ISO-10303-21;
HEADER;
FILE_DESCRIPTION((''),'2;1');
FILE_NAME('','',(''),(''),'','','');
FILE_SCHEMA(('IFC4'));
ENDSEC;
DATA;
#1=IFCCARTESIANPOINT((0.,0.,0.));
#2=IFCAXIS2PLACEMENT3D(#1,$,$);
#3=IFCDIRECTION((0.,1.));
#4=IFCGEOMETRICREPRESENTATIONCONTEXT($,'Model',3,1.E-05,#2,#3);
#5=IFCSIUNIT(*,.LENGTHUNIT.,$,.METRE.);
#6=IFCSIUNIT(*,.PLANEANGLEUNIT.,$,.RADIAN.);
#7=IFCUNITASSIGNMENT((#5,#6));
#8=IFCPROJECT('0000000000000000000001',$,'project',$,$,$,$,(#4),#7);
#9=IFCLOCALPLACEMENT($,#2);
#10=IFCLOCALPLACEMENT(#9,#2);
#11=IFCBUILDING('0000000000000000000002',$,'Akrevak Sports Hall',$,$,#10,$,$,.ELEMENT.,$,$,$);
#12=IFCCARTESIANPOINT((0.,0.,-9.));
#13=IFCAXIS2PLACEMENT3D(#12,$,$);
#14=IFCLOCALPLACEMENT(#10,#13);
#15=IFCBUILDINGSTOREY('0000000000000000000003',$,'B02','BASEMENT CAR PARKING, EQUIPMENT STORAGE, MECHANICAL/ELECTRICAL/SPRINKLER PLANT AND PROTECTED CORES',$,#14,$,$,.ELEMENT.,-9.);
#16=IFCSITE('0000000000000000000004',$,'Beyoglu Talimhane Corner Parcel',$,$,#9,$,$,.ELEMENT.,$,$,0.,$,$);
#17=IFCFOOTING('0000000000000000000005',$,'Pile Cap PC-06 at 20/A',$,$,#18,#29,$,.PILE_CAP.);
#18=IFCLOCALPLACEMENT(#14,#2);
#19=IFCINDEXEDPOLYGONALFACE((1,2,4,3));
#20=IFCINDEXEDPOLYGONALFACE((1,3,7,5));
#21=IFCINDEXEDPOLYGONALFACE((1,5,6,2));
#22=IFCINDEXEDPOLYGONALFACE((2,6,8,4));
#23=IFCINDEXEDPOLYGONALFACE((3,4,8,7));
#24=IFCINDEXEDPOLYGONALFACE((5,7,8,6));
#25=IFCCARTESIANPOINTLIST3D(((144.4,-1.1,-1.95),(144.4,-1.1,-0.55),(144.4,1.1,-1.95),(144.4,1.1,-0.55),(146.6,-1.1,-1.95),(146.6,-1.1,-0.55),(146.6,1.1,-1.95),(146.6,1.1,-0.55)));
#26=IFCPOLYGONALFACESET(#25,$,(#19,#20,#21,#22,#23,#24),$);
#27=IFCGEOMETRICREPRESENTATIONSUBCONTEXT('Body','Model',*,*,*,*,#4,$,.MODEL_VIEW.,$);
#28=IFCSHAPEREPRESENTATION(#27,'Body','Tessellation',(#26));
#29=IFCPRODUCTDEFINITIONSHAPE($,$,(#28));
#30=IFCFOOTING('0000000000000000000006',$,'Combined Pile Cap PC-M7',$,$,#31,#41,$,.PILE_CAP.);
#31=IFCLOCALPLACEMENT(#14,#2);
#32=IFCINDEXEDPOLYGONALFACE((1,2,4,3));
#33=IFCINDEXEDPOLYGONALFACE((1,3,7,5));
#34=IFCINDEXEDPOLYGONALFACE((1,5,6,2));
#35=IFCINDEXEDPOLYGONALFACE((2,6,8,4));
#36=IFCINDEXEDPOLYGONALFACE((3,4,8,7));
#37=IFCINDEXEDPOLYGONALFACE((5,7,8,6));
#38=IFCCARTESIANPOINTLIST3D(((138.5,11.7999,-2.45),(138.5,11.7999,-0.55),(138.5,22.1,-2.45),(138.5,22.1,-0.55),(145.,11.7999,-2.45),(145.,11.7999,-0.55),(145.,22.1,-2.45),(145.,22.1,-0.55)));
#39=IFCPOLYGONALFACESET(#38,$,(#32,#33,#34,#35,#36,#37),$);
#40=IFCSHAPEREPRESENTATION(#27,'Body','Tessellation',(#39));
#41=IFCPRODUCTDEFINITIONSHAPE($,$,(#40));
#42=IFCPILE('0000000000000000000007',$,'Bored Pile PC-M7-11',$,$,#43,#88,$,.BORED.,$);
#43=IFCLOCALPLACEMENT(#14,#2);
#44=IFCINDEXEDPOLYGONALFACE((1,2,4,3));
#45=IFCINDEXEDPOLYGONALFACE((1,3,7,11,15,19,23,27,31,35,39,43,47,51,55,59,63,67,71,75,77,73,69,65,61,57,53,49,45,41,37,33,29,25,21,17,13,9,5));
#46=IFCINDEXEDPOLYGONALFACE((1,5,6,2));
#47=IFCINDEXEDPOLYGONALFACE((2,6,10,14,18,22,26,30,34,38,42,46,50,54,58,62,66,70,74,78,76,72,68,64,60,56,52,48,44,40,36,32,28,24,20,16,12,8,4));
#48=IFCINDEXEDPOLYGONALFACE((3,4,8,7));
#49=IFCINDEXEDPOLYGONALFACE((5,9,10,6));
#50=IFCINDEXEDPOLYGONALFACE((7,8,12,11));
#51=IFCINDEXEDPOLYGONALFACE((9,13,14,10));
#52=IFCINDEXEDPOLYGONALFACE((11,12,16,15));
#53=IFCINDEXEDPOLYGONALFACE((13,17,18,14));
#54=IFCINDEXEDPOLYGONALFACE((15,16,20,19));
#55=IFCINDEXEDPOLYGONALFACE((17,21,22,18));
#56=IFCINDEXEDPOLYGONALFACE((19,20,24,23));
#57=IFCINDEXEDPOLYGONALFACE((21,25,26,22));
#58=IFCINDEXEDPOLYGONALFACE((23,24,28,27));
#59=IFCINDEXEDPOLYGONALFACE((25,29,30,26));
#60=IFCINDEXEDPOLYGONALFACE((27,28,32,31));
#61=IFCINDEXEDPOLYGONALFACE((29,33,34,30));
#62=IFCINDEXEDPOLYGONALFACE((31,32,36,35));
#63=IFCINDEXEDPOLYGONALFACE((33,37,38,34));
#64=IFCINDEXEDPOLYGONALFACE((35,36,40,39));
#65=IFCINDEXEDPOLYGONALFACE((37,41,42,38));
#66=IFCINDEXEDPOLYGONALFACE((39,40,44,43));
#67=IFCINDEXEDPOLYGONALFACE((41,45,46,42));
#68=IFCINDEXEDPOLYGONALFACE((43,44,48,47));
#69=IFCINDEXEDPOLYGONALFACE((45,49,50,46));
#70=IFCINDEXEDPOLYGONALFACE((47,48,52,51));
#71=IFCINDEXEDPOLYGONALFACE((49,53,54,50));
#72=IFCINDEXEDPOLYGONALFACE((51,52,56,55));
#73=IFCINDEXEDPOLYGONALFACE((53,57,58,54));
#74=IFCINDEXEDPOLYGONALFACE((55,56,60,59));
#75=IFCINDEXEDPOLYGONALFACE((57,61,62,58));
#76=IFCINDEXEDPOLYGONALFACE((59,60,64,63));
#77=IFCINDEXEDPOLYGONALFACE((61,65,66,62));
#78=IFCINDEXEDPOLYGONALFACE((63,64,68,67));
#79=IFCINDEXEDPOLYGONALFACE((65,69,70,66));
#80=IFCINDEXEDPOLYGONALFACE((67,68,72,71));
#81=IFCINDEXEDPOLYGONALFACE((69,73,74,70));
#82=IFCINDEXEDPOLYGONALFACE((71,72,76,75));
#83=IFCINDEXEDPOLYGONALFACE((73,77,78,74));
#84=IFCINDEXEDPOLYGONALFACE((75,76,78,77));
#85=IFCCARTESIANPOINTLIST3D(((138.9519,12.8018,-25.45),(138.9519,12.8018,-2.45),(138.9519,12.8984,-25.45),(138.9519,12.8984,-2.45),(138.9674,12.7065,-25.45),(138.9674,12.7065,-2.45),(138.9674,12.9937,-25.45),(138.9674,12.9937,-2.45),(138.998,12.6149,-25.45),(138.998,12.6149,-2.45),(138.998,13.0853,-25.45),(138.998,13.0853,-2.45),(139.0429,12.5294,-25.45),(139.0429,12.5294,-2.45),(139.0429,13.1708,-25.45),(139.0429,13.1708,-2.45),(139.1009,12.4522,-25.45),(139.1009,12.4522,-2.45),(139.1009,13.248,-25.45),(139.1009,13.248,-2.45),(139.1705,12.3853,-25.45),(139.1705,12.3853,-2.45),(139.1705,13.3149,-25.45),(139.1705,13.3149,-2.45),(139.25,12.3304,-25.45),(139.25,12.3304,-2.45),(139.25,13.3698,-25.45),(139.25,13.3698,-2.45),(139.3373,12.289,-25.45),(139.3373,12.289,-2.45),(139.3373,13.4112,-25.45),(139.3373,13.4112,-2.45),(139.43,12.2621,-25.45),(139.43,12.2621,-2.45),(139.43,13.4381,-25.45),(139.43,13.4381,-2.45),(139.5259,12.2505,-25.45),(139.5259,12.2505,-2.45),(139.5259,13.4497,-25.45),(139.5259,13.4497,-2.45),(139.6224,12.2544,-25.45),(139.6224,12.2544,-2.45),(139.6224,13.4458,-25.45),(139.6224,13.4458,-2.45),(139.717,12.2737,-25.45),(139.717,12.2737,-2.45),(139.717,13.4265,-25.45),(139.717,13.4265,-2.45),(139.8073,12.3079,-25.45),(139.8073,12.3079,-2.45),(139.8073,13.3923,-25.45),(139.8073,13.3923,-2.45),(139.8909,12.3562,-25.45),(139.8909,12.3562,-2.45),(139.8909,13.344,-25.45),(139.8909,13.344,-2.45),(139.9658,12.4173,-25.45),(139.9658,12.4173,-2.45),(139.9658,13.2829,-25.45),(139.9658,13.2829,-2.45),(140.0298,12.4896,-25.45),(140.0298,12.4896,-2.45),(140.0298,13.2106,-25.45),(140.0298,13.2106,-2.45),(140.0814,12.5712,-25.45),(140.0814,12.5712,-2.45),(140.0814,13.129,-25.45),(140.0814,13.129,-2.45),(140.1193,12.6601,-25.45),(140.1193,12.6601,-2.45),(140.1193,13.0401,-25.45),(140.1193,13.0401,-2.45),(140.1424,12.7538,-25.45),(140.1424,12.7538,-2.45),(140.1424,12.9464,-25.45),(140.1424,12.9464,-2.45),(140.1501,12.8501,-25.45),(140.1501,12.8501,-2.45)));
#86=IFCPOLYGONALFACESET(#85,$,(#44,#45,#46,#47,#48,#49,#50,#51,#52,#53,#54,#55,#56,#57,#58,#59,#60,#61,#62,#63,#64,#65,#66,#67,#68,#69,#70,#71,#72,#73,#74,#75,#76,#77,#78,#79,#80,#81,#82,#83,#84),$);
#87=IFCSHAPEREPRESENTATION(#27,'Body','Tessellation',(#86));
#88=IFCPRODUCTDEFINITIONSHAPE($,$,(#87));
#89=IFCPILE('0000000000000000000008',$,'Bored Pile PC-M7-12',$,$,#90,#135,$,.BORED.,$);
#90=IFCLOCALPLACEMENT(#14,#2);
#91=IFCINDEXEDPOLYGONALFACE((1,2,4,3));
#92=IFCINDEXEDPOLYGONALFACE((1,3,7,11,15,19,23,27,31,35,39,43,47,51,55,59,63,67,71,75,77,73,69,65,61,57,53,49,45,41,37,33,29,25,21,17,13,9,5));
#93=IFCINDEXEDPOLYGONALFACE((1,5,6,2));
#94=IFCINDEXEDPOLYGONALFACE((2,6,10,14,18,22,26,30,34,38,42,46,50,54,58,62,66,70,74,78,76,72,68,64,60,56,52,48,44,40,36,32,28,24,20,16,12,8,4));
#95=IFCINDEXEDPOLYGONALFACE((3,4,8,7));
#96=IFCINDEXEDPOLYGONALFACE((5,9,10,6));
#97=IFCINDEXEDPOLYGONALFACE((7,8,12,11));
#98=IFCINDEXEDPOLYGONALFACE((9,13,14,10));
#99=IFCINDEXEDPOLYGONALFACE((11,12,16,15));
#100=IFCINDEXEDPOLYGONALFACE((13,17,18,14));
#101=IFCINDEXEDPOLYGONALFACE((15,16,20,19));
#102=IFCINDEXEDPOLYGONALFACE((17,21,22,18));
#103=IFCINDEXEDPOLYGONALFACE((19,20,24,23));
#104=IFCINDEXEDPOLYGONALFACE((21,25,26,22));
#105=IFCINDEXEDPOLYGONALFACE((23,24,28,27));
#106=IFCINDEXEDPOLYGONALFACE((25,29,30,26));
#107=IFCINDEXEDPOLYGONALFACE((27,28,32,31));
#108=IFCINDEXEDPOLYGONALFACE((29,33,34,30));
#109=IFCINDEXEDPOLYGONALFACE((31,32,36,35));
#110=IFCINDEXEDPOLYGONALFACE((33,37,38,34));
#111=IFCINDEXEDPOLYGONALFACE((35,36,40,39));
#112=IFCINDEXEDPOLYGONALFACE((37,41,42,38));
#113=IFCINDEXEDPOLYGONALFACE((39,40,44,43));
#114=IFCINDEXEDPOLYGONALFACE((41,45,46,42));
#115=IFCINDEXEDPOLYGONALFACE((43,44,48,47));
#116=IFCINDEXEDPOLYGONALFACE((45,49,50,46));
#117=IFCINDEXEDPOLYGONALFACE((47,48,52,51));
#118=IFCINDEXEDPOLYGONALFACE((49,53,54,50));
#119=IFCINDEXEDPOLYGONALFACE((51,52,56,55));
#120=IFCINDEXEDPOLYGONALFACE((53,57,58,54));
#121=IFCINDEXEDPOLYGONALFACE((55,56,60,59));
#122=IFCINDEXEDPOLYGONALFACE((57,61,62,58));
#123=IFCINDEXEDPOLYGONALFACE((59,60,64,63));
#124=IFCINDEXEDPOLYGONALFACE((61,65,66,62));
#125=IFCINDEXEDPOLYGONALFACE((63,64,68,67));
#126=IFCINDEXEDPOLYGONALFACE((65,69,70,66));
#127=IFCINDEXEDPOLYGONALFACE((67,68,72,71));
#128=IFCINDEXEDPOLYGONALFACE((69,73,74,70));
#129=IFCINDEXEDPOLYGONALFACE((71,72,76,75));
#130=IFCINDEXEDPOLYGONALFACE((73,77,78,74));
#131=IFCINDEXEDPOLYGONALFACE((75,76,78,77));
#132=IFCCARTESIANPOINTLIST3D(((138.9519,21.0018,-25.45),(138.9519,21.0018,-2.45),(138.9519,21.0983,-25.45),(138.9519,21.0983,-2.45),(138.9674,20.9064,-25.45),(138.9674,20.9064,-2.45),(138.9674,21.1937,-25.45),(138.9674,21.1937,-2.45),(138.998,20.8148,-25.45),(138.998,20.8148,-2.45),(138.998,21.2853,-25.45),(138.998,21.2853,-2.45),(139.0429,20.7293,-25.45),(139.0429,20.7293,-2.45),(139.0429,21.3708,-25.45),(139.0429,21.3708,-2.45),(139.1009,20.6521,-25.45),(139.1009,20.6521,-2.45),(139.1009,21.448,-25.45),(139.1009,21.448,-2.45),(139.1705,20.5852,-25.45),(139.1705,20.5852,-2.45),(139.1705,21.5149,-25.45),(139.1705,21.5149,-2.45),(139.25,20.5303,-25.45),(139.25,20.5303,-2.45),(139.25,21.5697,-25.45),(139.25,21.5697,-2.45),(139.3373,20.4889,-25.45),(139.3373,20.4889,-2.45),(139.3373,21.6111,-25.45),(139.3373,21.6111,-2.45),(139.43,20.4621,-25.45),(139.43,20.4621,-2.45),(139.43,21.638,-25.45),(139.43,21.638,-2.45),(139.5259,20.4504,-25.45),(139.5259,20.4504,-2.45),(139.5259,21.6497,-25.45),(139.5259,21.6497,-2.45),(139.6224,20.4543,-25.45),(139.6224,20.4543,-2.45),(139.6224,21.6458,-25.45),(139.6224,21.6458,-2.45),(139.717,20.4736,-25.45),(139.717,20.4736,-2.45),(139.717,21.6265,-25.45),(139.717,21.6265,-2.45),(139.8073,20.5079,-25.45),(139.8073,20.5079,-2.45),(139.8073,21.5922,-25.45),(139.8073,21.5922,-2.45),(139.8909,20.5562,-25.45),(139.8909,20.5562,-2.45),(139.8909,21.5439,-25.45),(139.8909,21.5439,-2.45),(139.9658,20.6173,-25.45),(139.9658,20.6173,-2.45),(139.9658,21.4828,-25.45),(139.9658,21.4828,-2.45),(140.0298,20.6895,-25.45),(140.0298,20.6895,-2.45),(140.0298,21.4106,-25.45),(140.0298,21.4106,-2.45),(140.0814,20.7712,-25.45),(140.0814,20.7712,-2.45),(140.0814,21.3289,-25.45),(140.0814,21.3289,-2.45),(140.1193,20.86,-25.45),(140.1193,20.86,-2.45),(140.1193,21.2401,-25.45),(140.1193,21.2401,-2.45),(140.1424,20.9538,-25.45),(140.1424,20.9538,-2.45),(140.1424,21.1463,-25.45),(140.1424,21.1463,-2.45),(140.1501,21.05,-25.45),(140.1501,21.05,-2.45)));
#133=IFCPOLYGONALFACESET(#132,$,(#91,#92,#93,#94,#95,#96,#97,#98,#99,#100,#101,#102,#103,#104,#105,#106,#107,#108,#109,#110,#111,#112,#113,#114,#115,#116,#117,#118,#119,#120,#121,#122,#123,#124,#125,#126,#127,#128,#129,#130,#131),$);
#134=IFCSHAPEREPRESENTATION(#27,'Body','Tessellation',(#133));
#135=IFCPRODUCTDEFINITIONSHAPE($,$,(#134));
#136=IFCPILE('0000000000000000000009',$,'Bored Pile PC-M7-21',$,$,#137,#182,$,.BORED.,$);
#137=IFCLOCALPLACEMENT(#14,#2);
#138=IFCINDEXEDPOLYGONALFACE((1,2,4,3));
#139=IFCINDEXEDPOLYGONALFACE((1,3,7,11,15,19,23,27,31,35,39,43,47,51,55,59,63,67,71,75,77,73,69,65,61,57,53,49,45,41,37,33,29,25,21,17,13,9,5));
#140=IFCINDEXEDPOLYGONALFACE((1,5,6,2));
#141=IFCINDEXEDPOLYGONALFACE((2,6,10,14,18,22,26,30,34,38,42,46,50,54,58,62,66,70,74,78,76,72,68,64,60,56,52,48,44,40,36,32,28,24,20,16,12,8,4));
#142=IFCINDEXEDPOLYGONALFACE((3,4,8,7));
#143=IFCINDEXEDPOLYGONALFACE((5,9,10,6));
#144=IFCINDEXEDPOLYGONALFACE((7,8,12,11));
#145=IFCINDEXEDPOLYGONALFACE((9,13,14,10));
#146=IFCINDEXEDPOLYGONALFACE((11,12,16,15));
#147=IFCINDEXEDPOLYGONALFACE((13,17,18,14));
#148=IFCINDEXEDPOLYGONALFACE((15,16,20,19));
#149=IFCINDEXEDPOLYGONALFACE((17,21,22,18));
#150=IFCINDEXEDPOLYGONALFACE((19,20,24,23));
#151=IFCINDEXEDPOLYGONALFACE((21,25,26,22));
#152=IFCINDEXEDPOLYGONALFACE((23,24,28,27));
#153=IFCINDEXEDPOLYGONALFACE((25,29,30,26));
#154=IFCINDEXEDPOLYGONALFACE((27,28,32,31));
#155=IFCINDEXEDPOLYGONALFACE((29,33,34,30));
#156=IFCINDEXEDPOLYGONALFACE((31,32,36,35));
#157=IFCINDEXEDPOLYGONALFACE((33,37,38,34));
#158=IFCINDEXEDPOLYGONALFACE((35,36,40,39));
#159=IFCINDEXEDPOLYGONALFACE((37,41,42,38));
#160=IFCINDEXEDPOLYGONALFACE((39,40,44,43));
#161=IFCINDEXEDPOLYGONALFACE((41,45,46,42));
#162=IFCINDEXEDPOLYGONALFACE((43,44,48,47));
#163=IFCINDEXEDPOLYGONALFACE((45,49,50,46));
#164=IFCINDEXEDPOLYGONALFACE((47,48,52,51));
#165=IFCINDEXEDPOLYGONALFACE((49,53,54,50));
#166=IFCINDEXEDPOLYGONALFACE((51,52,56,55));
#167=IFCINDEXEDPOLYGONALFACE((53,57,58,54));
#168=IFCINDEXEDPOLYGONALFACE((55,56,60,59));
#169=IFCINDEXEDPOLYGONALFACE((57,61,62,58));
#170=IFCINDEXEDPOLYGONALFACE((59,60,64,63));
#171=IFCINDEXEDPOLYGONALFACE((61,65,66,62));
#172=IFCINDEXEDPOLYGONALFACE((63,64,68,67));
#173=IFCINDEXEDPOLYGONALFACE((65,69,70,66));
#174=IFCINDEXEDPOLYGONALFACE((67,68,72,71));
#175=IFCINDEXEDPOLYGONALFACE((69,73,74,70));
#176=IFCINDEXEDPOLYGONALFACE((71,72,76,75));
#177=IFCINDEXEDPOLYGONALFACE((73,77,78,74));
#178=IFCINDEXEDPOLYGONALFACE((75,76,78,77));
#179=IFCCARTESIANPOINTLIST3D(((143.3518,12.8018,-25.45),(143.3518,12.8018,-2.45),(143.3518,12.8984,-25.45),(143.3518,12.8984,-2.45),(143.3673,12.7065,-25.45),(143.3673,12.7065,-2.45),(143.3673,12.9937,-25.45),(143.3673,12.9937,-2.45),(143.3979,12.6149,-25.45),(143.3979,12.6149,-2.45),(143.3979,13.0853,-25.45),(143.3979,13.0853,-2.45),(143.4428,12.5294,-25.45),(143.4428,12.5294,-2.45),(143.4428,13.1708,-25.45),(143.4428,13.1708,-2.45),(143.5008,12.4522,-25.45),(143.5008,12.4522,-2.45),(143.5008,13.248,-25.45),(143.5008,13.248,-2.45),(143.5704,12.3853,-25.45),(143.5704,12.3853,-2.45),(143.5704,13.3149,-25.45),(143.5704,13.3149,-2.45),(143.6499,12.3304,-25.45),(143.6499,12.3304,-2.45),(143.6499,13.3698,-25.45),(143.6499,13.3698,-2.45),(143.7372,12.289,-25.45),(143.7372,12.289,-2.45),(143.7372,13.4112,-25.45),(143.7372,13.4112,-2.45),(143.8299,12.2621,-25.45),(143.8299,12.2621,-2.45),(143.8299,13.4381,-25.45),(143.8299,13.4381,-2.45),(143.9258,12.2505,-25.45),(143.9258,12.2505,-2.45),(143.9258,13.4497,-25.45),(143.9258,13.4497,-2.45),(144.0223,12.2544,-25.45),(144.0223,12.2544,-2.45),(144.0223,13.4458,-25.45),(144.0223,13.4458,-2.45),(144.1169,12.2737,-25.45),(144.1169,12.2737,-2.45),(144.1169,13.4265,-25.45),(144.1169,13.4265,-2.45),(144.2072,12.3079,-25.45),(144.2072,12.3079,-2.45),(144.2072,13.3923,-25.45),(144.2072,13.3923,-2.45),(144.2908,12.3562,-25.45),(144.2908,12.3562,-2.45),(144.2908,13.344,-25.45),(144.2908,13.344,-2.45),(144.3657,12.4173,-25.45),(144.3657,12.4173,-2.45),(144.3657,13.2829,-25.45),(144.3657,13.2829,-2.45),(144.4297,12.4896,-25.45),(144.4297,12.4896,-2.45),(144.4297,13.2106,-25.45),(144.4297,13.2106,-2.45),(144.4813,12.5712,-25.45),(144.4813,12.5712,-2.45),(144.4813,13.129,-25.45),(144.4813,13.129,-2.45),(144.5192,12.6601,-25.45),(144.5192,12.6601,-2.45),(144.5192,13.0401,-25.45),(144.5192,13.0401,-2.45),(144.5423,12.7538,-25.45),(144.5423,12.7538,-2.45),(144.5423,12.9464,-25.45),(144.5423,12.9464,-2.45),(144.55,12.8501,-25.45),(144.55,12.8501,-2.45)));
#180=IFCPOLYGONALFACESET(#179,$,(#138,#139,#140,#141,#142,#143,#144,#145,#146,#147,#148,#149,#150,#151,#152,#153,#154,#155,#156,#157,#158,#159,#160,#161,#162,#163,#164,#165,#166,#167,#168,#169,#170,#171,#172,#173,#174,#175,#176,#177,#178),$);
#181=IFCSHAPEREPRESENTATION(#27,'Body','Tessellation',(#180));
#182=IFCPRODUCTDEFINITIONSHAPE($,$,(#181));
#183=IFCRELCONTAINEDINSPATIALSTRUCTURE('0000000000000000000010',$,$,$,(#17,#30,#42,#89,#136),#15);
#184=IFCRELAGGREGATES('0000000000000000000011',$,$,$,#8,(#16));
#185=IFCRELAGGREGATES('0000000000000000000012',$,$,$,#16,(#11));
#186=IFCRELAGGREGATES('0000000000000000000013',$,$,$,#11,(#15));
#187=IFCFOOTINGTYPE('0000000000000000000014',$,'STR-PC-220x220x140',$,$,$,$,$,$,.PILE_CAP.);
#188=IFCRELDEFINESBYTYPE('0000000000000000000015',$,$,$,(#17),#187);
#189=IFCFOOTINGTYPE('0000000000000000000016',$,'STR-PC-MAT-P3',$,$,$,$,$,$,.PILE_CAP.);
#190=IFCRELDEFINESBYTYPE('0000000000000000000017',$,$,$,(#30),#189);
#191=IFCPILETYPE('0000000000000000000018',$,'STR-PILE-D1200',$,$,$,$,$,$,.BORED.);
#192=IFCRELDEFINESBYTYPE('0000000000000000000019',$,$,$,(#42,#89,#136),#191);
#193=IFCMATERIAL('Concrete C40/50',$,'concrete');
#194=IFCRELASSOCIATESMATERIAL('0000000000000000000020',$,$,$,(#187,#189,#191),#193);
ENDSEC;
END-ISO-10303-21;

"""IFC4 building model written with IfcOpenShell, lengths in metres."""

from ifc_helpers import new_model, si_unit, direction, frame, origin, origin_2d, place, context, subcontext, project, spatial, rectangle, circle, extrude, material, material_profile, profile_set, type_object, element, save


model = new_model("IFC4")

# Units and contexts
model_context = context("Model", 3, precision=1e-05, world=origin(), true_north=direction((0.0, 1.0)))
body_context = subcontext(model_context, "Body", "Model", "MODEL_VIEW")
ifc_project = project(units=[si_unit("LENGTHUNIT", "METRE"), si_unit("PLANEANGLEUNIT", "RADIAN")], contexts=[model_context])

# Site, building, storey
site_placement = place(None, origin())
site = spatial("IfcSite", under=ifc_project, at=site_placement, Name="Beyoglu Talimhane Corner Parcel", CompositionType="ELEMENT", RefElevation=0.0)
building_placement = place(site_placement, origin())
building = spatial("IfcBuilding", under=site, at=building_placement, Name="Akrevak Sports Hall", CompositionType="ELEMENT")
storey_placement = place(building_placement, frame((0.0, 0.0, -9.0)))
storey = spatial("IfcBuildingStorey", under=building, at=storey_placement, Name="B02", Description="BASEMENT CAR PARKING, EQUIPMENT STORAGE, MECHANICAL/ELECTRICAL/SPRINKLER PLANT AND PROTECTED CORES", CompositionType="ELEMENT", Elevation=-9.0)

# Footings
ifc_material_1 = material(Name="Concrete C40/50", Category="concrete")
footing_type_1 = type_object("IfcFootingType", Name="STR-PC-220x220x140", PredefinedType="PILE_CAP", material=ifc_material_1)
footing_1_placement = place(storey_placement, frame((145.5, 0.0, -1.95), z_axis=(0.0, 0.0, 1.0), x_axis=(1.0, 0.0, 0.0)))
element("IfcFooting", 1, at=footing_1_placement, inside=storey, type_object=footing_type_1, Name="Pile Cap PC-06 at 20/A", PredefinedType="PILE_CAP", context=body_context, shape_type="SweptSolid", body=[
    extrude(rectangle(XDim=2.2, YDim=2.2, at=origin_2d()), origin(), (0.0, 0.0, 1.0), 1.3999),
])
footing_type_2 = type_object("IfcFootingType", Name="STR-PC-MAT-P3", PredefinedType="PILE_CAP", material=ifc_material_1)
footing_2_placement = place(storey_placement, frame((141.75, 16.95, -2.45), z_axis=(0.0, 0.0, 1.0), x_axis=(1.0, 0.0, 0.0)))
element("IfcFooting", 2, at=footing_2_placement, inside=storey, type_object=footing_type_2, Name="Combined Pile Cap PC-M7", PredefinedType="PILE_CAP", context=body_context, shape_type="SweptSolid", body=[
    extrude(rectangle(XDim=6.5, YDim=10.3, at=origin_2d()), origin(), (0.0, 0.0, 1.0), 1.8999),
])

# Piles
ifc_material_profile_1 = material_profile(ifc_material_1, circle(Radius=0.6001, at=origin_2d()), Name="BORED PILE D1200", Category="concrete")
ifc_profile_set_1 = profile_set([ifc_material_profile_1], Name="Concrete C40/50")
pile_type_1 = type_object("IfcPileType", Name="STR-PILE-D1200", PredefinedType="BORED", material=ifc_profile_set_1)
for number, where, z_axis, x_axis, name in (
    (3, (139.55, 12.8501, -2.45), (0.0, 0.0, -1.0), (1.0, 0.0, 0.0), "Bored Pile PC-M7-11"),
    (4, (139.55, 21.05, -2.45), (0.0, 0.0, -1.0), (1.0, 0.0, 0.0), "Bored Pile PC-M7-12"),
    (5, (143.95, 12.8501, -2.45), (0.0, 0.0, -1.0), (1.0, 0.0, 0.0), "Bored Pile PC-M7-21"),
):
    element("IfcPile", number, at=place(storey_placement, frame(where, z_axis=z_axis, x_axis=x_axis)), inside=storey, type_object=pile_type_1, Name=name, PredefinedType="BORED", context=body_context, shape_type="SweptSolid", body=[
        extrude(circle(Radius=0.6001, at=origin_2d()), origin(), (0.0, 0.0, 1.0), 23.0),
    ])

save(model, "model.ifc")
